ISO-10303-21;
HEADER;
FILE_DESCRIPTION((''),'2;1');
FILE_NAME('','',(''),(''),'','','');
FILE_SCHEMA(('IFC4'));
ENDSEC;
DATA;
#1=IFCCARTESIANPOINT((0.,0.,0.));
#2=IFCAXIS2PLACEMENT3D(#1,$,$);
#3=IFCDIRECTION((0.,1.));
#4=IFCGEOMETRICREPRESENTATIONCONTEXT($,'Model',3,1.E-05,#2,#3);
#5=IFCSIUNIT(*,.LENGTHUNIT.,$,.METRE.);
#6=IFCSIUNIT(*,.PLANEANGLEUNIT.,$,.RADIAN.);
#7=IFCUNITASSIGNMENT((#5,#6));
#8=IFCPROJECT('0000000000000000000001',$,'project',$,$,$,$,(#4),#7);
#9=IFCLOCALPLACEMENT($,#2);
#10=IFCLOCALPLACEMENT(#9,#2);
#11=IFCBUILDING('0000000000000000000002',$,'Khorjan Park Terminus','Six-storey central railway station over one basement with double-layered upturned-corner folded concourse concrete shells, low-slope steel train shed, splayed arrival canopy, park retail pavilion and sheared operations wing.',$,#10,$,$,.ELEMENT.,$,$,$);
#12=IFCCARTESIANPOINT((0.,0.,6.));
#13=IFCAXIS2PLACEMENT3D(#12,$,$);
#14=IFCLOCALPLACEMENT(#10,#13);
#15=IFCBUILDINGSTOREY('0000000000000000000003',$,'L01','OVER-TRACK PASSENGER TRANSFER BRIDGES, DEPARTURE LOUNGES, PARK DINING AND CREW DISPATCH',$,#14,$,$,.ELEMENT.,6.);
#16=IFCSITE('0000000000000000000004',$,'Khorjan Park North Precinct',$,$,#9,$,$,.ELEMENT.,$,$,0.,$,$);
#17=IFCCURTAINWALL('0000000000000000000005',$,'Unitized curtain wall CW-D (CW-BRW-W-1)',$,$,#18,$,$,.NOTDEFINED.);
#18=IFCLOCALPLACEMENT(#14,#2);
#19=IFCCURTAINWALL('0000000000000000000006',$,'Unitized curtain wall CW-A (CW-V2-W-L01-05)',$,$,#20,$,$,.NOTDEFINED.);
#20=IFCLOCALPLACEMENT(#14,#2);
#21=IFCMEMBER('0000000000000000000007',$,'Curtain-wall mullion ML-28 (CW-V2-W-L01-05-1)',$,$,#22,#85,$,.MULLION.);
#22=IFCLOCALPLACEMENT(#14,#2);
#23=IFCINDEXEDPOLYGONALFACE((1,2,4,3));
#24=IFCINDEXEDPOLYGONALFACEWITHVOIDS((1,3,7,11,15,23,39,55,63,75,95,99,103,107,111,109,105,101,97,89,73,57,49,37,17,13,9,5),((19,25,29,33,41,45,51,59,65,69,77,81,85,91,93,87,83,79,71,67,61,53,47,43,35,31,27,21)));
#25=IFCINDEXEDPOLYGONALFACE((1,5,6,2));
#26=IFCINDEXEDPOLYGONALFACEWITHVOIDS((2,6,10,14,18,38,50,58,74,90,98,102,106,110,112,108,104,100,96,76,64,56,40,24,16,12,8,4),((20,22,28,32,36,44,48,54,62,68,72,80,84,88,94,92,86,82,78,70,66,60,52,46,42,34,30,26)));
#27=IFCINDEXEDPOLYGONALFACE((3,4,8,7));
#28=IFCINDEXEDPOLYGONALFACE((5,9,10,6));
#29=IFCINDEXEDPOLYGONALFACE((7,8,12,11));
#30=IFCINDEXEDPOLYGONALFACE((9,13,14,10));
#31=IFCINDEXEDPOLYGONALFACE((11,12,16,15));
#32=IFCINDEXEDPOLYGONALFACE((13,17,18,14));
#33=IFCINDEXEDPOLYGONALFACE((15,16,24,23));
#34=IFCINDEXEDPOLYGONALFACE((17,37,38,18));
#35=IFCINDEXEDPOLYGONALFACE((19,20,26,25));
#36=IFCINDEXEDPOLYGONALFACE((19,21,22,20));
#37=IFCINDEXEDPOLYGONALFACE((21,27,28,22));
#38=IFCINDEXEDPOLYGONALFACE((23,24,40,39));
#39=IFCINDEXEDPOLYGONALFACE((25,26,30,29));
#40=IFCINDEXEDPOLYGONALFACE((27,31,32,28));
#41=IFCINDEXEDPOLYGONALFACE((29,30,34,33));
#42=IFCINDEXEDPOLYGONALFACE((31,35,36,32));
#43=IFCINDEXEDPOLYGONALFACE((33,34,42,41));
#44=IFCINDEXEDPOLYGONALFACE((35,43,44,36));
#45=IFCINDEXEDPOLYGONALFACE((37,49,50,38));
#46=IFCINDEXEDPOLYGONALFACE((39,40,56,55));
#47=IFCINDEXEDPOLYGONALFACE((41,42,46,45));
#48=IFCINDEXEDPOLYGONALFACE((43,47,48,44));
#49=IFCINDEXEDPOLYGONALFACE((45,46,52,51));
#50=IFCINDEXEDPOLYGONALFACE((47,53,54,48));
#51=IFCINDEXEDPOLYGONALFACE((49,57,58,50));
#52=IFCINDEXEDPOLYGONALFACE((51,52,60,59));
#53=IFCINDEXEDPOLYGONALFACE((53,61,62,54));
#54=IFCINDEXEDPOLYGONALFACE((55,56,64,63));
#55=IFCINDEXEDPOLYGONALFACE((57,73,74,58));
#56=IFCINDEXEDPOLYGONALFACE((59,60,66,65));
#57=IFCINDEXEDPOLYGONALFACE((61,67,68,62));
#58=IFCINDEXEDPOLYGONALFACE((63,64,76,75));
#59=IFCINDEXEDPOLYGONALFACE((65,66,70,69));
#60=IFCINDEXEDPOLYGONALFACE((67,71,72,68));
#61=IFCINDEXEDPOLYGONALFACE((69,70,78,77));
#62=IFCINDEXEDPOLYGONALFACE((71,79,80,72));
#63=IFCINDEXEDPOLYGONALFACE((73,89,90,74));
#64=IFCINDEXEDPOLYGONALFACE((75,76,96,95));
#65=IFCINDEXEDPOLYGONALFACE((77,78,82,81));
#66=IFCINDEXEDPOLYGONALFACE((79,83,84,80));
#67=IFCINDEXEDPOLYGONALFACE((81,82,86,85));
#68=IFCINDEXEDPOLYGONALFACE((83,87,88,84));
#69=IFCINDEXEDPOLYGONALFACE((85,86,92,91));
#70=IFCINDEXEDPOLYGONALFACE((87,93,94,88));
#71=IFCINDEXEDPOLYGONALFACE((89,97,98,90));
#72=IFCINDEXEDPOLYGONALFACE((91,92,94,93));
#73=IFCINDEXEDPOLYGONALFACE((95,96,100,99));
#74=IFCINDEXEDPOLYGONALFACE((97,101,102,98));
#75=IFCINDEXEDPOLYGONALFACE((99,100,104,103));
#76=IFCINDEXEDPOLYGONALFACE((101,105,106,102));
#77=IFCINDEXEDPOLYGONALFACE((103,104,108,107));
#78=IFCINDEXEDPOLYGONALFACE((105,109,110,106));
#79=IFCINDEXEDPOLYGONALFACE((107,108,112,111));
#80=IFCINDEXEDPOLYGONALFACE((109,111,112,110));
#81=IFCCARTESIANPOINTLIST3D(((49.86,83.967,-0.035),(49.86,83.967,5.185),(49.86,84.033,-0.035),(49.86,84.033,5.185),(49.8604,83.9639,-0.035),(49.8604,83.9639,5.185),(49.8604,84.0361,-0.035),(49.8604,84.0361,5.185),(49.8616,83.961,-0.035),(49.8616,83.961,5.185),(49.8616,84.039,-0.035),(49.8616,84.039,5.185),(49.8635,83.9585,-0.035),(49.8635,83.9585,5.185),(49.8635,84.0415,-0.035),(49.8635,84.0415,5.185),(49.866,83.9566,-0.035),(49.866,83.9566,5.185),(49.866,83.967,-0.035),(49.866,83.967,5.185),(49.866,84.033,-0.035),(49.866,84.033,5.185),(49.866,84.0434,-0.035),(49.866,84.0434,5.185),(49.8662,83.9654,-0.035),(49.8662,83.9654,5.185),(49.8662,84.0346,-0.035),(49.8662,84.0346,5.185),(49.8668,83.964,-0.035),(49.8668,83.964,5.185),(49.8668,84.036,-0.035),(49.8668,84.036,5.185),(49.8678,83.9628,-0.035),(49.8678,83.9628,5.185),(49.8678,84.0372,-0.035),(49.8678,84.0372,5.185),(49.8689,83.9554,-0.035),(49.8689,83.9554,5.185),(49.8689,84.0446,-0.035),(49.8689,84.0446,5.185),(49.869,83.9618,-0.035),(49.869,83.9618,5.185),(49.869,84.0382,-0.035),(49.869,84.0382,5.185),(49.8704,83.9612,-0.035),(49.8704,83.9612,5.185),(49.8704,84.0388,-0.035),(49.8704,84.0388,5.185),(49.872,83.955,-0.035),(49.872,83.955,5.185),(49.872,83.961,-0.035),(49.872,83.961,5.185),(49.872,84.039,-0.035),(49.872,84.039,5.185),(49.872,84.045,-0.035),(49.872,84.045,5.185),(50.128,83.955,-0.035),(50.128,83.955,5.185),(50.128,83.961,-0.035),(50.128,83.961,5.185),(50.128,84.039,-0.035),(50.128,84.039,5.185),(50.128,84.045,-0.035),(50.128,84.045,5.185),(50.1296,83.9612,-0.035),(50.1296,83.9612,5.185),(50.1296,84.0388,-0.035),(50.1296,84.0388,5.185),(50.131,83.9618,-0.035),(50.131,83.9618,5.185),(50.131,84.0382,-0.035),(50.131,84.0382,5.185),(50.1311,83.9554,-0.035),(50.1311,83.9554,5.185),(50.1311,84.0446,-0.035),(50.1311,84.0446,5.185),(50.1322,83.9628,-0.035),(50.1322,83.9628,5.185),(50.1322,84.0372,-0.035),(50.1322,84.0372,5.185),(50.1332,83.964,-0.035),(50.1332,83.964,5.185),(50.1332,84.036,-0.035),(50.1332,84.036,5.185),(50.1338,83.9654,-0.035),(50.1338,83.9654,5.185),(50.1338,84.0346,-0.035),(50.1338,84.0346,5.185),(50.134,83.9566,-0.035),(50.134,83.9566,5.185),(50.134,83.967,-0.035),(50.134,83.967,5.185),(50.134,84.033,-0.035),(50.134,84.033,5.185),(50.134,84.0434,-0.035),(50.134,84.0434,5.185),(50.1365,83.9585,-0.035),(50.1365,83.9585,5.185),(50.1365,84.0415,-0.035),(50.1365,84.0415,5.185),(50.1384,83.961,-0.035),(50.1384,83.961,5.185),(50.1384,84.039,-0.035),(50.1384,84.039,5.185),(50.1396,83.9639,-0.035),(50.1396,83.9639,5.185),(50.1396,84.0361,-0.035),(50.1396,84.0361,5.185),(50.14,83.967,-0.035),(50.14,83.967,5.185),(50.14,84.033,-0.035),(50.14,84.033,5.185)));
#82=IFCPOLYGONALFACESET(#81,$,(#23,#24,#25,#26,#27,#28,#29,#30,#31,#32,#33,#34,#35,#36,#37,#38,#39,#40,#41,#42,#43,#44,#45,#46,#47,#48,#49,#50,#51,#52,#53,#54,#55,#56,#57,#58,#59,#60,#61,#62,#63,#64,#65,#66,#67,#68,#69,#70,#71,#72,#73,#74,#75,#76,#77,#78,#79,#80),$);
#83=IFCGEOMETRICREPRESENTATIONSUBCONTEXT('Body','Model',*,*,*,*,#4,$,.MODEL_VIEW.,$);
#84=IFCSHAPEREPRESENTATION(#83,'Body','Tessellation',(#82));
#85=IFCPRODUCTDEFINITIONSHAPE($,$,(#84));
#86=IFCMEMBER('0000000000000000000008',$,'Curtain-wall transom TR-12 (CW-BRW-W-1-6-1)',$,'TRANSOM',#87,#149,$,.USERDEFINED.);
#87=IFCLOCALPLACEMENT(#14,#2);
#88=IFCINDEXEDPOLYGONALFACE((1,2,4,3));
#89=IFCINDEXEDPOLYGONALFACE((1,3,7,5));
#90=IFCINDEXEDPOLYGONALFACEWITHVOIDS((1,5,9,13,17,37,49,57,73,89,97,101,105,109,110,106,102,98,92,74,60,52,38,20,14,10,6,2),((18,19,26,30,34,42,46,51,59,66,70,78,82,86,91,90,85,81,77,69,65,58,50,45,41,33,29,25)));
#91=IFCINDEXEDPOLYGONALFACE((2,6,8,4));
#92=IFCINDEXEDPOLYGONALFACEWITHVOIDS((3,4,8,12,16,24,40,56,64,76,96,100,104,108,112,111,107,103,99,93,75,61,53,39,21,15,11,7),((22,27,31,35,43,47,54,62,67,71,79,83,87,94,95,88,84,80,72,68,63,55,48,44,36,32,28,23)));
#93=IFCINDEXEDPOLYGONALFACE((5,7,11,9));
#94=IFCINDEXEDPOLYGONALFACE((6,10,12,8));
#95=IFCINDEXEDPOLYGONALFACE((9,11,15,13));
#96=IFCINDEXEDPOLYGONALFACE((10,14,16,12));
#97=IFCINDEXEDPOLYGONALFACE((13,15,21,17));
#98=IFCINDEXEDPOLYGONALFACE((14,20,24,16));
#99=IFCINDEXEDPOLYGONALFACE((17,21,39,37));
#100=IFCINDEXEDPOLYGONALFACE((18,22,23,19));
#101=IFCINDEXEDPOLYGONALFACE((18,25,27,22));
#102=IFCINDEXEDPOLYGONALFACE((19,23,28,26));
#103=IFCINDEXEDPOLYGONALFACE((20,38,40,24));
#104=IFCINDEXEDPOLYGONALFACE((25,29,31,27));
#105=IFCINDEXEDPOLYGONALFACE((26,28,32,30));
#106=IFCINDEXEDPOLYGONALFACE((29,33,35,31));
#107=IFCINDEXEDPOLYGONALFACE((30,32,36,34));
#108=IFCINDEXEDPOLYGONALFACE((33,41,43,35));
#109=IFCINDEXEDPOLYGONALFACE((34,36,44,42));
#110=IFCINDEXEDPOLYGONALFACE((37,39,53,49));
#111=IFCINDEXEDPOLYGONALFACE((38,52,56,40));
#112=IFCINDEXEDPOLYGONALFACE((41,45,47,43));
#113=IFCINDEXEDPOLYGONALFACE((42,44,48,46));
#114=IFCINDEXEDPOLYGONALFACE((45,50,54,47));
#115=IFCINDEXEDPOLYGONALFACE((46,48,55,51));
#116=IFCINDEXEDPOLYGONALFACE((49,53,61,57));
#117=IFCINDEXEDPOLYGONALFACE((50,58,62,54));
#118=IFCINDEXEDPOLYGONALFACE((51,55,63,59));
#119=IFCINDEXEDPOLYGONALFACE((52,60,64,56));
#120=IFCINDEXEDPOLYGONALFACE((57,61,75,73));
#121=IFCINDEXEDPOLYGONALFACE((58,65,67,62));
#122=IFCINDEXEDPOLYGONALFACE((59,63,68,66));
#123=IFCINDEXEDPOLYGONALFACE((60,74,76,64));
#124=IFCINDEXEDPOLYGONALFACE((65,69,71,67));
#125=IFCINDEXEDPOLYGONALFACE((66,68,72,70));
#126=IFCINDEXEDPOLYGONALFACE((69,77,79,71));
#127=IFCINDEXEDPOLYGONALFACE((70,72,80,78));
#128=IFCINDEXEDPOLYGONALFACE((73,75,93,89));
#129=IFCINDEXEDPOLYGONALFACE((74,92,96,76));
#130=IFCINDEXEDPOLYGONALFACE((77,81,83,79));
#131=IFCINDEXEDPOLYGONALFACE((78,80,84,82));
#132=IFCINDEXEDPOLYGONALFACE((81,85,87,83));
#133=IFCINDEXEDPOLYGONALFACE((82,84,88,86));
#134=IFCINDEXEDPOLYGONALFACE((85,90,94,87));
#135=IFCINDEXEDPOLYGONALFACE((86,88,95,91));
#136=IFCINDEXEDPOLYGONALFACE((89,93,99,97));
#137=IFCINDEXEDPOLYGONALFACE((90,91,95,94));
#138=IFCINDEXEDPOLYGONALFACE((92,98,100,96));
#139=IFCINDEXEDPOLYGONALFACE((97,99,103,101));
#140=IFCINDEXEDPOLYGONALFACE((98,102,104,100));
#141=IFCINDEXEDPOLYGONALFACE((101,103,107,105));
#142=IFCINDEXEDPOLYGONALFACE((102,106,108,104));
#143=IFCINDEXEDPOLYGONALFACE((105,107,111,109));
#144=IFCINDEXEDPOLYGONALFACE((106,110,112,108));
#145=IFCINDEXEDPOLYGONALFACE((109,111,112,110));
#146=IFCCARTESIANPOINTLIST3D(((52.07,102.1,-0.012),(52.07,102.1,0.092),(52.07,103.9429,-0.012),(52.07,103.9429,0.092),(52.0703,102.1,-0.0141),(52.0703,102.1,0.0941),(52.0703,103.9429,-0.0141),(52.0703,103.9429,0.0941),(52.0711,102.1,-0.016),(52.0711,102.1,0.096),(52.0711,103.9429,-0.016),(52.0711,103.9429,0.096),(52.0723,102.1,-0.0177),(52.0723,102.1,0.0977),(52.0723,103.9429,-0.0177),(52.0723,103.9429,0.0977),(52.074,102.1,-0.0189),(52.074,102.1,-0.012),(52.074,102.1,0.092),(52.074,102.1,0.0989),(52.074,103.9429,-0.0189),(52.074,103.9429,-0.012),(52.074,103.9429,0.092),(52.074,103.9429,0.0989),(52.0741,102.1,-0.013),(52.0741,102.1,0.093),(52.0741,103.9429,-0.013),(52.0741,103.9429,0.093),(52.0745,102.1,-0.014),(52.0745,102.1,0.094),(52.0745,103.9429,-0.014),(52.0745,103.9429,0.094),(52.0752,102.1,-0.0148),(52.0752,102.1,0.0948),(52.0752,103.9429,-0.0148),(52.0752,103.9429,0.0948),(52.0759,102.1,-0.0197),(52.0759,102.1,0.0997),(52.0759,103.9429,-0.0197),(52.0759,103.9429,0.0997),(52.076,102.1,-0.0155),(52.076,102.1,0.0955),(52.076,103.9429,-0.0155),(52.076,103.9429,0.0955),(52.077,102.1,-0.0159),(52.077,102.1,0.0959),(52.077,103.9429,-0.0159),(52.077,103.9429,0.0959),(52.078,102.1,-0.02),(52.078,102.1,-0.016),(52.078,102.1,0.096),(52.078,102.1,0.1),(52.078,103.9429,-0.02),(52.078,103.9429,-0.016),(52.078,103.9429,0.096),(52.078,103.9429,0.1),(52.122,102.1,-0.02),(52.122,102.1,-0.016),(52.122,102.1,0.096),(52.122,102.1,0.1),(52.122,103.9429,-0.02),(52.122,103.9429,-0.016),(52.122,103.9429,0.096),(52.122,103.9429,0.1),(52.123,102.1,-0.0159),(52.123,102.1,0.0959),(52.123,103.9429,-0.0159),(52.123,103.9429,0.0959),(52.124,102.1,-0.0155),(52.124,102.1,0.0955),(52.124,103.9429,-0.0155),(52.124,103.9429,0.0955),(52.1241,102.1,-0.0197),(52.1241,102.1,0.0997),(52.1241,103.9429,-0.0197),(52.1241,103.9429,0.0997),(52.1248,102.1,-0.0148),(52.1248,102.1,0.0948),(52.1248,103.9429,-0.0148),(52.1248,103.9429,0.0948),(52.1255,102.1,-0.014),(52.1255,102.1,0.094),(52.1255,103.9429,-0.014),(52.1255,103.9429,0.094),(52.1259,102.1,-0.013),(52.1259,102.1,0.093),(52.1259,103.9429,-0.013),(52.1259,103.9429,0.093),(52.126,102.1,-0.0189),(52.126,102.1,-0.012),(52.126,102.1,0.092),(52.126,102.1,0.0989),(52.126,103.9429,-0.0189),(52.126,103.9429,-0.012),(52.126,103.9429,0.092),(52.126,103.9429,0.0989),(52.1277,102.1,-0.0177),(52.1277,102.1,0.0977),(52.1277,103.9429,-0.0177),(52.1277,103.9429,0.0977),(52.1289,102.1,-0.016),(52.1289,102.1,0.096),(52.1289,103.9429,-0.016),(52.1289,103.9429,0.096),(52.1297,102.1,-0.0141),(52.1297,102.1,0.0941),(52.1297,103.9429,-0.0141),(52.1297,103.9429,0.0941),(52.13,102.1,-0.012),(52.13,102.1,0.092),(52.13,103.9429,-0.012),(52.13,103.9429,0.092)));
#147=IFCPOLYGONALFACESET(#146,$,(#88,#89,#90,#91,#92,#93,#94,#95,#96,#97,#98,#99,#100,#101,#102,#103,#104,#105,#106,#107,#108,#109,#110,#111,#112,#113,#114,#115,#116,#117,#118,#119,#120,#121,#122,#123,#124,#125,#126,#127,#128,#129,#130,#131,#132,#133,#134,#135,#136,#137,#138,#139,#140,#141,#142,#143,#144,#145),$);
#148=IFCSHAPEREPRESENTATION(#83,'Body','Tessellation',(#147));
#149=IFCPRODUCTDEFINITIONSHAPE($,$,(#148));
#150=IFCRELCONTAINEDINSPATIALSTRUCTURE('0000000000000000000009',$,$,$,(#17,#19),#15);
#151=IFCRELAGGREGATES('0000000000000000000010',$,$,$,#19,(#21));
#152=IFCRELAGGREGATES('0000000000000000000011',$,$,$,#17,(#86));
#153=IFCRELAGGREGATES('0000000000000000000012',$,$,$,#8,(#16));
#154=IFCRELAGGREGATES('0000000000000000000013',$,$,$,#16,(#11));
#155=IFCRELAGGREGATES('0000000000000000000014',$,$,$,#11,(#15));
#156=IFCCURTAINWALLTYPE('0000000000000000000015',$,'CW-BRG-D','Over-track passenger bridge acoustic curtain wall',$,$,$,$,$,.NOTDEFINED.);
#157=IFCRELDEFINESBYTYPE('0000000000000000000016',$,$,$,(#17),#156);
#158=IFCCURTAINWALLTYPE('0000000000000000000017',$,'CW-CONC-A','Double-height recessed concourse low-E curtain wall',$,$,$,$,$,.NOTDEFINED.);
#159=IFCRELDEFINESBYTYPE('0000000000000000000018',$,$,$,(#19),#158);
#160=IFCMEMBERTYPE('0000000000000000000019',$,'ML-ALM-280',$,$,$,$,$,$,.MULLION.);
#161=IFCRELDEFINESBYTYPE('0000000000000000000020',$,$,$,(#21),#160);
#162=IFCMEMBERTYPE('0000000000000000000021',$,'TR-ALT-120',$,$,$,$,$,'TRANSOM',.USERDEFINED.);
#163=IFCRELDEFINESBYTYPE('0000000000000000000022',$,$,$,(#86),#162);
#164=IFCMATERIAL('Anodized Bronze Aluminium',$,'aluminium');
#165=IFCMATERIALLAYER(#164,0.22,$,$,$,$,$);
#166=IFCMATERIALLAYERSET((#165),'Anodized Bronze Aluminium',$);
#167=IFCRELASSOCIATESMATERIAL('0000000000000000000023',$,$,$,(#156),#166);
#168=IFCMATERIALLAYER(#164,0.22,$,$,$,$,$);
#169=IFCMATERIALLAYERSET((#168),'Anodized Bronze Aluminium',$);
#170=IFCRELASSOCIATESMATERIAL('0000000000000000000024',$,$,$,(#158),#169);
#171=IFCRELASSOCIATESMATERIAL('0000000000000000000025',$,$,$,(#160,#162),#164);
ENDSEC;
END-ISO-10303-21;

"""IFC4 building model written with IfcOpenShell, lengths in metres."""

from ifc_helpers import new_model, si_unit, direction, frame, origin, origin_2d, place, context, subcontext, project, spatial, hollow_rectangle, extrude, material, layer, layer_set, material_profile, profile_set, type_object, element, aggregate, save


model = new_model("IFC4")

# Units and contexts
model_context = context("Model", 3, precision=1e-05, world=origin(), true_north=direction((0.0, 1.0)))
body_context = subcontext(model_context, "Body", "Model", "MODEL_VIEW")
ifc_project = project(units=[si_unit("LENGTHUNIT", "METRE"), si_unit("PLANEANGLEUNIT", "RADIAN")], contexts=[model_context])

# Site, building, storey
site_placement = place(None, origin())
site = spatial("IfcSite", under=ifc_project, at=site_placement, Name="Khorjan Park North Precinct", CompositionType="ELEMENT", RefElevation=0.0)
building_placement = place(site_placement, origin())
building = spatial("IfcBuilding", under=site, at=building_placement, Name="Khorjan Park Terminus", Description="Six-storey central railway station over one basement with double-layered upturned-corner folded concourse concrete shells, low-slope steel train shed, splayed arrival canopy, park retail pavilion and sheared operations wing.", CompositionType="ELEMENT")
storey_placement = place(building_placement, frame((0.0, 0.0, 6.0)))
storey = spatial("IfcBuildingStorey", under=building, at=storey_placement, Name="L01", Description="OVER-TRACK PASSENGER TRANSFER BRIDGES, DEPARTURE LOUNGES, PARK DINING AND CREW DISPATCH", CompositionType="ELEMENT", Elevation=6.0)

# Curtain wall
ifc_material_1 = material(Name="Anodized Bronze Aluminium", Category="aluminium")
ifc_layer_1 = layer(ifc_material_1, 0.22)
ifc_layer_set_1 = layer_set([ifc_layer_1], Name="Anodized Bronze Aluminium")
curtain_wall_type_1 = type_object("IfcCurtainWallType", Name="CW-BRG-D", Description="Over-track passenger bridge acoustic curtain wall", PredefinedType="NOTDEFINED", material=ifc_layer_set_1)
curtain_wall_1_placement = place(storey_placement, origin())
curtain_wall_1 = element("IfcCurtainWall", 1, at=curtain_wall_1_placement, inside=storey, type_object=curtain_wall_type_1, Name="Unitized curtain wall CW-D (CW-BRW-W-1)", PredefinedType="NOTDEFINED")
ifc_layer_2 = layer(ifc_material_1, 0.22)
ifc_layer_set_2 = layer_set([ifc_layer_2], Name="Anodized Bronze Aluminium")
curtain_wall_type_2 = type_object("IfcCurtainWallType", Name="CW-CONC-A", Description="Double-height recessed concourse low-E curtain wall", PredefinedType="NOTDEFINED", material=ifc_layer_set_2)
ifc_material_profile_1 = material_profile(ifc_material_1, hollow_rectangle(XDim=0.09, YDim=0.28, WallThickness=0.006, InnerFilletRadius=0.006, OuterFilletRadius=0.012, at=origin_2d()), Name="ALM 90x280x6")
ifc_profile_set_1 = profile_set([ifc_material_profile_1], Name="Anodized Bronze Aluminium")
member_type_1 = type_object("IfcMemberType", Name="ML-ALM-280", PredefinedType="MULLION", material=ifc_profile_set_1)

# Curtain wall, member
curtain_wall_2_placement = place(storey_placement, origin())
curtain_wall_2 = element("IfcCurtainWall", 2, at=curtain_wall_2_placement, inside=storey, type_object=curtain_wall_type_2, Name="Unitized curtain wall CW-A (CW-V2-W-L01-05)", PredefinedType="NOTDEFINED")
member_1_placement = place(storey_placement, frame((50.0, 84.0, -0.035), z_axis=(0.0, 0.0, 1.0), x_axis=(0.0, -1.0, 0.0)))
member_1 = element("IfcMember", 3, at=member_1_placement, type_object=member_type_1, Name="Curtain-wall mullion ML-28 (CW-V2-W-L01-05-1)", PredefinedType="MULLION", context=body_context, shape_type="SweptSolid", body=[
    extrude(hollow_rectangle(XDim=0.09, YDim=0.28, WallThickness=0.006, InnerFilletRadius=0.006, OuterFilletRadius=0.012, at=origin_2d()), origin(), (0.0, 0.0, 1.0), 5.22),
])

# Member
ifc_material_profile_2 = material_profile(ifc_material_1, hollow_rectangle(XDim=0.06, YDim=0.12, WallThickness=0.004, InnerFilletRadius=0.004, OuterFilletRadius=0.008, at=origin_2d()), Name="ALT 60x120x4")
ifc_profile_set_2 = profile_set([ifc_material_profile_2], Name="Anodized Bronze Aluminium")
member_type_2 = type_object("IfcMemberType", Name="TR-ALT-120", ElementType="TRANSOM", PredefinedType="USERDEFINED", material=ifc_profile_set_2)
member_2_placement = place(storey_placement, frame((52.1, 103.9429, 0.04), z_axis=(0.0, -1.0, 0.0), x_axis=(1.0, 0.0, 0.0)))
member_2 = element("IfcMember", 4, at=member_2_placement, type_object=member_type_2, Name="Curtain-wall transom TR-12 (CW-BRW-W-1-6-1)", ObjectType="TRANSOM", PredefinedType="USERDEFINED", context=body_context, shape_type="SweptSolid", body=[
    extrude(hollow_rectangle(XDim=0.06, YDim=0.12, WallThickness=0.004, InnerFilletRadius=0.004, OuterFilletRadius=0.008, at=origin_2d()), origin(), (0.0, 0.0, 1.0), 1.8429),
])

aggregate(curtain_wall_2, [member_1])
aggregate(curtain_wall_1, [member_2])

save(model, "model.ifc")
